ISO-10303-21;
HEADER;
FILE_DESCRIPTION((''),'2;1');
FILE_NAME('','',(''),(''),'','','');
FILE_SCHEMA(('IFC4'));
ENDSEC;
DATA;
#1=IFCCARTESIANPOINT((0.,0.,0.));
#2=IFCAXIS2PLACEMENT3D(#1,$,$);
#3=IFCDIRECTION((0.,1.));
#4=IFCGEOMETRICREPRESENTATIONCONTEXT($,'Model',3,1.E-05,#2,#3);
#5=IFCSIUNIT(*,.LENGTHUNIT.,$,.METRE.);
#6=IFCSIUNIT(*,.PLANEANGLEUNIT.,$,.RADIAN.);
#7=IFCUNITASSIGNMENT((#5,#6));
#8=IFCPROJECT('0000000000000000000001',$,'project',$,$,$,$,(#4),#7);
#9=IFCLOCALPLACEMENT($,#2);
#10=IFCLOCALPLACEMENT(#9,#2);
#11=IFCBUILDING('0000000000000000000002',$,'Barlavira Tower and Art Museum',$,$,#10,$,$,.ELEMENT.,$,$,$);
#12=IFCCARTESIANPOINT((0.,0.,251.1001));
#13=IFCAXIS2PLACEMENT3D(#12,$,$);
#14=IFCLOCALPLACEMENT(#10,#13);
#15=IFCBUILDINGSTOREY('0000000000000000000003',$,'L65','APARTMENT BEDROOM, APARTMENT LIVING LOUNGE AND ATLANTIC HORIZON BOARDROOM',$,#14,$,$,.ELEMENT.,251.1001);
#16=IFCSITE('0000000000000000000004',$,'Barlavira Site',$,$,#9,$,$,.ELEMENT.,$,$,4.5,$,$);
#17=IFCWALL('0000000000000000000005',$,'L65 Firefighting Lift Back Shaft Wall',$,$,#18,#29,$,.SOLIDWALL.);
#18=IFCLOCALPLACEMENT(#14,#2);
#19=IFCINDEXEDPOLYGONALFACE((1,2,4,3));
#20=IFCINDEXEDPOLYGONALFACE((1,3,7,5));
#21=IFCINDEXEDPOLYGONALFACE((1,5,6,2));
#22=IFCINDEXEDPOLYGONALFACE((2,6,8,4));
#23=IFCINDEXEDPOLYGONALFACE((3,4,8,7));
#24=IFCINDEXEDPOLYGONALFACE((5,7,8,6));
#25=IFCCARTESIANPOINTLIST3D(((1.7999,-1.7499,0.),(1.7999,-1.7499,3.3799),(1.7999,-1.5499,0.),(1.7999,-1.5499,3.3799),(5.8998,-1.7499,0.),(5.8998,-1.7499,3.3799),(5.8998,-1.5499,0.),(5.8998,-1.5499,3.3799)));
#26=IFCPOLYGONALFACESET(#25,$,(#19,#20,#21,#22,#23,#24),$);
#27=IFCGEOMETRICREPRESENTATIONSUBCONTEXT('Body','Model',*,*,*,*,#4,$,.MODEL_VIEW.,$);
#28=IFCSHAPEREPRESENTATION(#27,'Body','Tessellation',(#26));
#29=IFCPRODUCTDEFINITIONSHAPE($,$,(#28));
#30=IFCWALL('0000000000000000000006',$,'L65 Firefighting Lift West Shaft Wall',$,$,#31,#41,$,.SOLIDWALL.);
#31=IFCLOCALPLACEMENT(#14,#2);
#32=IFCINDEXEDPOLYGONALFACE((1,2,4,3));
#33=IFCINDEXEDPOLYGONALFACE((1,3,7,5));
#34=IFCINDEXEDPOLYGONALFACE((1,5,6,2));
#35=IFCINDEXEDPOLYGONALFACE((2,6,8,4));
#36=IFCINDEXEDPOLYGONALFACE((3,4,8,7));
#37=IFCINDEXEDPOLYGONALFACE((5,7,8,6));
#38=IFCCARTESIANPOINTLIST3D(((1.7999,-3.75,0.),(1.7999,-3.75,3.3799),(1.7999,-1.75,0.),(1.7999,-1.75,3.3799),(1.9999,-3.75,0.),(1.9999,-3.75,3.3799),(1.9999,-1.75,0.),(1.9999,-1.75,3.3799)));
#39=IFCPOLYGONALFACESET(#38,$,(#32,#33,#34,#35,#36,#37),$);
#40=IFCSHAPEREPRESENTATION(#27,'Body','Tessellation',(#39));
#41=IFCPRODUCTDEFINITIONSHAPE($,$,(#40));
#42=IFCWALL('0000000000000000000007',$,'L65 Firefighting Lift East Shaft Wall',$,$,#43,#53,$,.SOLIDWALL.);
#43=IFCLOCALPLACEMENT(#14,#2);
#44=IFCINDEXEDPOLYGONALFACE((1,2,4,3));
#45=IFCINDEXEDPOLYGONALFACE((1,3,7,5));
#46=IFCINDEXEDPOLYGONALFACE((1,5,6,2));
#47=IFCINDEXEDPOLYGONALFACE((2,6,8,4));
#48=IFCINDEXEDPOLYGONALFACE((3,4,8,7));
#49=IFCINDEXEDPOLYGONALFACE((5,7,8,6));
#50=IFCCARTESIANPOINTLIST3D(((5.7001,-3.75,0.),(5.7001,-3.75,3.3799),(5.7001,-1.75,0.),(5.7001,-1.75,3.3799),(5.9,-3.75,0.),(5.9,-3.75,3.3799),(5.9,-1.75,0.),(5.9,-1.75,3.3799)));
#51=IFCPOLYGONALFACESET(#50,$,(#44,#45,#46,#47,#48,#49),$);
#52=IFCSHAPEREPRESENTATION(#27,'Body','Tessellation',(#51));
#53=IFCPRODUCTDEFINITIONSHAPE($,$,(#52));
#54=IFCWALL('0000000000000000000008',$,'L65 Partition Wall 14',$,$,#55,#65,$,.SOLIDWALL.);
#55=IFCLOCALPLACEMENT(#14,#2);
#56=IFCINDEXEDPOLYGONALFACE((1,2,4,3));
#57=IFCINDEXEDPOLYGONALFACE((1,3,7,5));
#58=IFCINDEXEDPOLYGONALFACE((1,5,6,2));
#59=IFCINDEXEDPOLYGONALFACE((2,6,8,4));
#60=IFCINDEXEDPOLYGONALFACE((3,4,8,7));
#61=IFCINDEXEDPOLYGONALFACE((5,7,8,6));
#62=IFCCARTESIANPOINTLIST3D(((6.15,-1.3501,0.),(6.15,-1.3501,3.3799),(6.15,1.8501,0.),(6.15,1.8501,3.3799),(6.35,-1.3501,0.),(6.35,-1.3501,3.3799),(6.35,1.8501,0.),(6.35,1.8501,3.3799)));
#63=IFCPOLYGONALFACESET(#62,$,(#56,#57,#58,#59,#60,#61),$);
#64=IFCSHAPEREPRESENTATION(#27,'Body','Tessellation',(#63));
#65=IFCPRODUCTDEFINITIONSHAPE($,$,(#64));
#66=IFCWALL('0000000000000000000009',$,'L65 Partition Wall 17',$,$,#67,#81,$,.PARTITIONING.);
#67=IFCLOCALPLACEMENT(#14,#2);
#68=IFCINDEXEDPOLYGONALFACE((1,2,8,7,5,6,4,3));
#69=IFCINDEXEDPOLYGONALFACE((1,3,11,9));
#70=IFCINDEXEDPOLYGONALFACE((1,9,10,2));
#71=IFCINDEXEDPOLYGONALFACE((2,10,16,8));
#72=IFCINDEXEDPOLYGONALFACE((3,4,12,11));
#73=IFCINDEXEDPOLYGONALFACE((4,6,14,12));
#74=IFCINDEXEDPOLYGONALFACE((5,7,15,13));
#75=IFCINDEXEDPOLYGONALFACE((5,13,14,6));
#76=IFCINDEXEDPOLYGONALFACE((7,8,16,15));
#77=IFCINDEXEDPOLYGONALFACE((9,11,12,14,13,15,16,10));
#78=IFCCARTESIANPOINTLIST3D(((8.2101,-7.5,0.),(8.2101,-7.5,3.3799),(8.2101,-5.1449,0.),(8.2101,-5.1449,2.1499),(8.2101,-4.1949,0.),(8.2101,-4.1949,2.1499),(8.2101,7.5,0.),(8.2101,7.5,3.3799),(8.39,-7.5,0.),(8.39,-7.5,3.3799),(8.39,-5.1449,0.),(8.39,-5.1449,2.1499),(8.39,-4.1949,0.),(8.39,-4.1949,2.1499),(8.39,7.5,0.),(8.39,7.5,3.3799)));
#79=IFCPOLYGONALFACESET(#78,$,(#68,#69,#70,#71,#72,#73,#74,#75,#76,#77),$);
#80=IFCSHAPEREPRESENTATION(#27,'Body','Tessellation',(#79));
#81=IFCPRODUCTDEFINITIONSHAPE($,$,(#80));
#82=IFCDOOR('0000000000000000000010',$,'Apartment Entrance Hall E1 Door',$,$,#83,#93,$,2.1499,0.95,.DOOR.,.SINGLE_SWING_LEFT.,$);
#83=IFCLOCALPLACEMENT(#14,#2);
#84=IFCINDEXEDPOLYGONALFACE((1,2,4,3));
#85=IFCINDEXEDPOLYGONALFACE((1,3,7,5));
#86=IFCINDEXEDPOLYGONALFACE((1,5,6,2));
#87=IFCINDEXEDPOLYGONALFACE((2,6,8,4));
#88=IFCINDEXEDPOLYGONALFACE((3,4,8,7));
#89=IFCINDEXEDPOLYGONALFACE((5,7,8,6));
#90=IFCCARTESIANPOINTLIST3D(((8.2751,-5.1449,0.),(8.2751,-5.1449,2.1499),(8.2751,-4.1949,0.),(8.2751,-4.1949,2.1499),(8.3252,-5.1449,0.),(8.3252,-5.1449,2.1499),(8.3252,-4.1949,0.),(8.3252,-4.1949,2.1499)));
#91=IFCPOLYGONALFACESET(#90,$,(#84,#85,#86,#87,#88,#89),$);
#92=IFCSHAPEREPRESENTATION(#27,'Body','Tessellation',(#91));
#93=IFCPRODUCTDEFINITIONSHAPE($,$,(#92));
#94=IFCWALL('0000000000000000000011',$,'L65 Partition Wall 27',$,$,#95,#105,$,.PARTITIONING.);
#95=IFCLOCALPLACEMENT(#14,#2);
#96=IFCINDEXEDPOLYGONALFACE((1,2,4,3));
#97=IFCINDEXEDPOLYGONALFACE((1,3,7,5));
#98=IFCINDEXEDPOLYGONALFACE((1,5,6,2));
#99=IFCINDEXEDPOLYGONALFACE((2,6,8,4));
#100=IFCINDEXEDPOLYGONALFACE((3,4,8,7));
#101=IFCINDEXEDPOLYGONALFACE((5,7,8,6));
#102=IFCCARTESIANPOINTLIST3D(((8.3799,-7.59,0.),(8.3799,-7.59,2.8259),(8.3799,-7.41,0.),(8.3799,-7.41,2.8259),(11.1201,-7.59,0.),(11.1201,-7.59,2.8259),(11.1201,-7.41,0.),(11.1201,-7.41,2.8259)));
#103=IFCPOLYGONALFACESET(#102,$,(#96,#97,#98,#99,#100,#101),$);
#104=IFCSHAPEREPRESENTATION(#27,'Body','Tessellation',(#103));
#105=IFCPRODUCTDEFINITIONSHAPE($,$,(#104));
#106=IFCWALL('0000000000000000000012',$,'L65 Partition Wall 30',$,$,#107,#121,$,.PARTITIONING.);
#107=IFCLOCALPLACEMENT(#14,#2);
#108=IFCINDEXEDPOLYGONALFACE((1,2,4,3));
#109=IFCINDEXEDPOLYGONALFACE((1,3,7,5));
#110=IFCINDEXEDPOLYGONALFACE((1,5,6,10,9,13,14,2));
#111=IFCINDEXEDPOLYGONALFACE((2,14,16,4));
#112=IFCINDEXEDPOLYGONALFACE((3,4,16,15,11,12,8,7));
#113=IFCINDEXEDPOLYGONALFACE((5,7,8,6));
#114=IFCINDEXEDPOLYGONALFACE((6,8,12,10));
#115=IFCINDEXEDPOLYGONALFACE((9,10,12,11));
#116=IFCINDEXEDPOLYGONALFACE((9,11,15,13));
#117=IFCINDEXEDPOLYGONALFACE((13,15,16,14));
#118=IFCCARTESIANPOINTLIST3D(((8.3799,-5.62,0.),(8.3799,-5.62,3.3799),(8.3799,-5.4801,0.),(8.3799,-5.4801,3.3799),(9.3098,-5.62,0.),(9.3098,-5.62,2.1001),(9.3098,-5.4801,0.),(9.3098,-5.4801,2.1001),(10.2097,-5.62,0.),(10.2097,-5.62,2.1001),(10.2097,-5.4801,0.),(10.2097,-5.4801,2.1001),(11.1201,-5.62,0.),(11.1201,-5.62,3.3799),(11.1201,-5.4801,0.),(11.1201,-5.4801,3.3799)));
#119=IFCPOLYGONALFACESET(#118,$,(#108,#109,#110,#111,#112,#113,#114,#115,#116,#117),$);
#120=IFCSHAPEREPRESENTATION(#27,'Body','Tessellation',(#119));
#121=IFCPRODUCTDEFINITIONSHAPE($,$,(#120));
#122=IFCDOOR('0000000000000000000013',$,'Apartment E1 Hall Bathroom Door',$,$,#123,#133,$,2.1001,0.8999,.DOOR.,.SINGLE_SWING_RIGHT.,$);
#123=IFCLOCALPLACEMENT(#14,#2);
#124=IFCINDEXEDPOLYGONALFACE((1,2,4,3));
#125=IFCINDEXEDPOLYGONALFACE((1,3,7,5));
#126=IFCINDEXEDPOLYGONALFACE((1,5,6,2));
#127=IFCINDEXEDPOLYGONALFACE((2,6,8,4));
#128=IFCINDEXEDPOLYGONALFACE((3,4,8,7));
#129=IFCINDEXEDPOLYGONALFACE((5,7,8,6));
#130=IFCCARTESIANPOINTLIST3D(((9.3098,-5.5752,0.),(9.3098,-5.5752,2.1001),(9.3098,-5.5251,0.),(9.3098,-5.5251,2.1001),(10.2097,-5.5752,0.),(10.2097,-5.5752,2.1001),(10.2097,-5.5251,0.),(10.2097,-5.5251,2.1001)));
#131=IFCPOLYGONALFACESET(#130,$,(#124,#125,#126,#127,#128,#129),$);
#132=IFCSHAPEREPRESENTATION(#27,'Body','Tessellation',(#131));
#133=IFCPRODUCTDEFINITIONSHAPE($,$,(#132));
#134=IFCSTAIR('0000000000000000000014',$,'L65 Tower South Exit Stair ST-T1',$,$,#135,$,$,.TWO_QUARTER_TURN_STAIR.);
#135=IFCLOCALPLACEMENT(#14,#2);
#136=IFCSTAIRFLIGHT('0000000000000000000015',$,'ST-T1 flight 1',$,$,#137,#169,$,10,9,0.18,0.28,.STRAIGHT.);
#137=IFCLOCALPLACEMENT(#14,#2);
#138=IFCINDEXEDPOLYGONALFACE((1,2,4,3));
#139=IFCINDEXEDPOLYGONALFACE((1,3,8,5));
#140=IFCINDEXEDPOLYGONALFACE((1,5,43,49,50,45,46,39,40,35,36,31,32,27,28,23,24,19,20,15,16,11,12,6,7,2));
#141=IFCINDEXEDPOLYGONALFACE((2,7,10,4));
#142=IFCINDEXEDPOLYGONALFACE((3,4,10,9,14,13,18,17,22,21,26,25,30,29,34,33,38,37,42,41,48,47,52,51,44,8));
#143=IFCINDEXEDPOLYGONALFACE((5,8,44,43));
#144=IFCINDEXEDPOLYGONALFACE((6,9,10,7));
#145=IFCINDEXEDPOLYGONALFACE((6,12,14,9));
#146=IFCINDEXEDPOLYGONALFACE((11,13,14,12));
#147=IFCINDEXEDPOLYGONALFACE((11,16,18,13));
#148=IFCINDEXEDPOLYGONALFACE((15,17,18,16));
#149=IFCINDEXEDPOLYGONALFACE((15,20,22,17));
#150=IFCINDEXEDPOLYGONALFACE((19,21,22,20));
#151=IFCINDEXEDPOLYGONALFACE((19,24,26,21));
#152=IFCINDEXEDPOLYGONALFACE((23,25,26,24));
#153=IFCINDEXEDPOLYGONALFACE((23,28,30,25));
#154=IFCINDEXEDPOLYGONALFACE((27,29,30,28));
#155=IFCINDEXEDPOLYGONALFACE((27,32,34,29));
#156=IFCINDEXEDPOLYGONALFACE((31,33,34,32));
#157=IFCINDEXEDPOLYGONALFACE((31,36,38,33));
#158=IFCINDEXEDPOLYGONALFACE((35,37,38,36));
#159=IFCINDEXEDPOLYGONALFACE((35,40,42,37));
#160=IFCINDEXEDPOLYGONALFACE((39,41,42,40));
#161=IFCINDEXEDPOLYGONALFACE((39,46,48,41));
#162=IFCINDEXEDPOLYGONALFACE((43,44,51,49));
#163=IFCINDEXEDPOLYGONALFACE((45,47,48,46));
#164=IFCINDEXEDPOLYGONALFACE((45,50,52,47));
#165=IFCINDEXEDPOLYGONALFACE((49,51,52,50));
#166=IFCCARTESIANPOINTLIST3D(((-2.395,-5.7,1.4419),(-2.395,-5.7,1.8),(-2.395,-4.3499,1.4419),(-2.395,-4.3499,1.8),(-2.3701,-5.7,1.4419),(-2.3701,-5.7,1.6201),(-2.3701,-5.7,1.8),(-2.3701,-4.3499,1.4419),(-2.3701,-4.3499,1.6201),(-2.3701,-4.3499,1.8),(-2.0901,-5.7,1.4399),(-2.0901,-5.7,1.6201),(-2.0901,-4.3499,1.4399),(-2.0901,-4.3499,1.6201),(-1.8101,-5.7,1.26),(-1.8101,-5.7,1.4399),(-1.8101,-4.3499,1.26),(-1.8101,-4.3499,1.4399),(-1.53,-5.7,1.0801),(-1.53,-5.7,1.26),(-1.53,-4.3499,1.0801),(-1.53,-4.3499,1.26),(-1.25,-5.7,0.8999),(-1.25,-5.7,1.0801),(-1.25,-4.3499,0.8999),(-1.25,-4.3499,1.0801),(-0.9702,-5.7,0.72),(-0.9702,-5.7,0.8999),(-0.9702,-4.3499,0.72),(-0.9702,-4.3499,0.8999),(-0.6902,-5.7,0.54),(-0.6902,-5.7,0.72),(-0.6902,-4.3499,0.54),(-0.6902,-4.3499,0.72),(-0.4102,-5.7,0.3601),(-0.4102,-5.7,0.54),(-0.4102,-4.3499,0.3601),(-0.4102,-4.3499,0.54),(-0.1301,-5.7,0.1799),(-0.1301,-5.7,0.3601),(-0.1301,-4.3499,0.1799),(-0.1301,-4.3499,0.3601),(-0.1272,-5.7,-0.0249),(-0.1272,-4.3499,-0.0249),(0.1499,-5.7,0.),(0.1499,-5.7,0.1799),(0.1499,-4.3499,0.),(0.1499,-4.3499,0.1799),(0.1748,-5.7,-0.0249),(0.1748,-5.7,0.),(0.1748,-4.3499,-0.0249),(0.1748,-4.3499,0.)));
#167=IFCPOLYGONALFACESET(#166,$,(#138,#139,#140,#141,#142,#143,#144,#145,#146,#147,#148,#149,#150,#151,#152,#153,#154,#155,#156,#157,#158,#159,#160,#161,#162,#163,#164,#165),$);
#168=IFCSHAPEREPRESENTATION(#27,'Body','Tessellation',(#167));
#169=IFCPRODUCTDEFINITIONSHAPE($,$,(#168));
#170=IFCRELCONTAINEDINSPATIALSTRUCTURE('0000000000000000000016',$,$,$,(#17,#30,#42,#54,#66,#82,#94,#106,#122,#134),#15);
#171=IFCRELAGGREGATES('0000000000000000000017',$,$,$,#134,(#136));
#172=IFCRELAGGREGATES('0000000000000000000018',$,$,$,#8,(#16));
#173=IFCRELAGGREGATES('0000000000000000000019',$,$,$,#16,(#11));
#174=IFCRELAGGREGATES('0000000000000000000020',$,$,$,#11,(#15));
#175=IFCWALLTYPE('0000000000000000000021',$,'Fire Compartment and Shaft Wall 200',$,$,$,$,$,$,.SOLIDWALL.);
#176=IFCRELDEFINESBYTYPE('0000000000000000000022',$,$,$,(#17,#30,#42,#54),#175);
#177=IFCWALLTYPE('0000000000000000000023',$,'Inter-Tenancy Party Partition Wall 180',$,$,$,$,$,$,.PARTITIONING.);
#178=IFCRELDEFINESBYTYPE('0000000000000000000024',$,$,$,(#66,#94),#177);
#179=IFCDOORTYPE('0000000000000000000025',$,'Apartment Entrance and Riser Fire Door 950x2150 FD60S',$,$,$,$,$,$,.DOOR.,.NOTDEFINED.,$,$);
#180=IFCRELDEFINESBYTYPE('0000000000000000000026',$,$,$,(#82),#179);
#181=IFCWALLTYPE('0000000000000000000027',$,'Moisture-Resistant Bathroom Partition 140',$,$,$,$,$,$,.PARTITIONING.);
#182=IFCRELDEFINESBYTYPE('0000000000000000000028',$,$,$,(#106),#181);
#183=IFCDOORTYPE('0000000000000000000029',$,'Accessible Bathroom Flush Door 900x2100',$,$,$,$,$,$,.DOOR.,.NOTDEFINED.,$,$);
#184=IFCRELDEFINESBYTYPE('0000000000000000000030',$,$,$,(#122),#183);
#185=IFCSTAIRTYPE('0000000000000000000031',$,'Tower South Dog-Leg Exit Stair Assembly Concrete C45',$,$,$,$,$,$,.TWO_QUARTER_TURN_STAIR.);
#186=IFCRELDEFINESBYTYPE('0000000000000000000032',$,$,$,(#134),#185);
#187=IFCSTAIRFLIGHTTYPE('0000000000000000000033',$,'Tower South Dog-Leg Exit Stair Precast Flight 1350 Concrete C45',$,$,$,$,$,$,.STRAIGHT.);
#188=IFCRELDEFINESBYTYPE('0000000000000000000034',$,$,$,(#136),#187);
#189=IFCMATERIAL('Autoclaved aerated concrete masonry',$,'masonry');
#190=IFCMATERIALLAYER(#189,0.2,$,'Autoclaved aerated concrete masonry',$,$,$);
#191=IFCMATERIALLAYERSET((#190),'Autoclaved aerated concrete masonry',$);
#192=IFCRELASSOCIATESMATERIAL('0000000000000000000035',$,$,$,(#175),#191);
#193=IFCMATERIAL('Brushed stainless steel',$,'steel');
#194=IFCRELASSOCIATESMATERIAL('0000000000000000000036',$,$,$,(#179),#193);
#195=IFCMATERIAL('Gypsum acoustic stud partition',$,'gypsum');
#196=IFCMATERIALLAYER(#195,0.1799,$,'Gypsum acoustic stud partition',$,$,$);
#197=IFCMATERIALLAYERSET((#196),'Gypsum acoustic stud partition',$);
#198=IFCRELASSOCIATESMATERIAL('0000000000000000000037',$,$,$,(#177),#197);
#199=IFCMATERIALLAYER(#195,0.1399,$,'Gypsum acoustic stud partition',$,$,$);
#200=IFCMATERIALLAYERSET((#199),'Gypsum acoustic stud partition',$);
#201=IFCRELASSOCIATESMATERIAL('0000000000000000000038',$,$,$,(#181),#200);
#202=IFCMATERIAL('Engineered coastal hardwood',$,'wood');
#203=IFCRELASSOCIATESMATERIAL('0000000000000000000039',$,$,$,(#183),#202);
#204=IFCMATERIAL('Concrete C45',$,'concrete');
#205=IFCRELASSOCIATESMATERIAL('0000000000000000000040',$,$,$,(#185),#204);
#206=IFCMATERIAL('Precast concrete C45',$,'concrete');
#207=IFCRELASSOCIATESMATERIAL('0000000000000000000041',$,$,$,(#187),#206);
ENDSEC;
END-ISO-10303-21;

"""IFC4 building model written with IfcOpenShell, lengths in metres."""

from ifc_helpers import new_model, si_unit, direction, frame, frame_2d, origin, place, context, subcontext, project, spatial, polyline, rectangle, outline, extrude, material, layer, layer_set, type_object, element, fill, aggregate, save


model = new_model("IFC4")

# Units and contexts
model_context = context("Model", 3, precision=1e-05, world=origin(), true_north=direction((0.0, 1.0)))
body_context = subcontext(model_context, "Body", "Model", "MODEL_VIEW")
ifc_project = project(units=[si_unit("LENGTHUNIT", "METRE"), si_unit("PLANEANGLEUNIT", "RADIAN")], contexts=[model_context])

# Site, building, storey
site_placement = place(None, origin())
site = spatial("IfcSite", under=ifc_project, at=site_placement, Name="Barlavira Site", CompositionType="ELEMENT", RefElevation=4.5)
building_placement = place(site_placement, origin())
building = spatial("IfcBuilding", under=site, at=building_placement, Name="Barlavira Tower and Art Museum", CompositionType="ELEMENT")
storey_placement = place(building_placement, frame((0.0, 0.0, 251.1001)))
storey = spatial("IfcBuildingStorey", under=building, at=storey_placement, Name="L65", Description="APARTMENT BEDROOM, APARTMENT LIVING LOUNGE AND ATLANTIC HORIZON BOARDROOM", CompositionType="ELEMENT", Elevation=251.1001)

# Shared definitions
ifc_material_1 = material(Name="Gypsum acoustic stud partition", Category="gypsum")
ifc_material_2 = material(Name="Engineered coastal hardwood", Category="wood")
ifc_material_3 = material(Name="Brushed stainless steel", Category="steel")

# Shared definitions
ifc_material_4 = material(Name="Autoclaved aerated concrete masonry", Category="masonry")
ifc_layer_1 = layer(ifc_material_4, 0.2, Name="Autoclaved aerated concrete masonry")
ifc_layer_set_1 = layer_set([ifc_layer_1], Name="Autoclaved aerated concrete masonry")
wall_type_1 = type_object("IfcWallType", Name="Fire Compartment and Shaft Wall 200", PredefinedType="SOLIDWALL", material=ifc_layer_set_1)

# Walls
wall_1_placement = place(storey_placement, frame((1.8, -1.6499, 0.0), z_axis=(0.0, 0.0, 1.0), x_axis=(1.0, 0.0, 0.0)))
element("IfcWall", 1, at=wall_1_placement, inside=storey, type_object=wall_type_1, Name="L65 Firefighting Lift Back Shaft Wall", PredefinedType="SOLIDWALL", context=body_context, shape_type="SweptSolid", body=[
    extrude(rectangle(XDim=4.0999, YDim=0.2, at=frame_2d((2.0498, 0.0))), origin(), (0.0, 0.0, 1.0), 3.3799),
])
for number, where, z_axis, x_axis, name in (
    (2, (1.8999, -3.75, 0.0), (0.0, 0.0, 1.0), (0.0, 1.0, 0.0), "L65 Firefighting Lift West Shaft Wall"),
    (3, (5.8, -3.75, 0.0), (0.0, 0.0, 1.0), (0.0, 1.0, 0.0), "L65 Firefighting Lift East Shaft Wall"),
):
    element("IfcWall", number, at=place(storey_placement, frame(where, z_axis=z_axis, x_axis=x_axis)), inside=storey, type_object=wall_type_1, Name=name, PredefinedType="SOLIDWALL", context=body_context, shape_type="SweptSolid", body=[
        extrude(rectangle(XDim=2.0, YDim=0.2, at=frame_2d((1.0, 0.0))), origin(), (0.0, 0.0, 1.0), 3.3799),
    ])

# Shared definitions
door_type_1 = type_object("IfcDoorType", Name="Apartment Entrance and Riser Fire Door 950x2150 FD60S", OperationType="NOTDEFINED", PredefinedType="DOOR", material=ifc_material_3)

# Wall
wall_2_placement = place(storey_placement, frame((6.25, -1.3501, 0.0), z_axis=(0.0, 0.0, 1.0), x_axis=(0.0, 1.0, 0.0)))
element("IfcWall", 4, at=wall_2_placement, inside=storey, type_object=wall_type_1, Name="L65 Partition Wall 14", PredefinedType="SOLIDWALL", context=body_context, shape_type="SweptSolid", body=[
    extrude(rectangle(XDim=3.2002, YDim=0.2, at=frame_2d((1.6001, 0.0))), origin(), (0.0, 0.0, 1.0), 3.3799),
])

# Wall, opening, door
ifc_layer_2 = layer(ifc_material_1, 0.1799, Name="Gypsum acoustic stud partition")
ifc_layer_set_2 = layer_set([ifc_layer_2], Name="Gypsum acoustic stud partition")
wall_type_2 = type_object("IfcWallType", Name="Inter-Tenancy Party Partition Wall 180", PredefinedType="PARTITIONING", material=ifc_layer_set_2)
wall_3_placement = place(storey_placement, frame((8.3, -7.5, 0.0), z_axis=(0.0, 0.0, 1.0), x_axis=(0.0, 1.0, 0.0)))
wall_3 = element("IfcWall", 5, at=wall_3_placement, inside=storey, type_object=wall_type_2, Name="L65 Partition Wall 17", PredefinedType="PARTITIONING", context=body_context, shape_type="SweptSolid", body=[
    extrude(rectangle(XDim=15.0, YDim=0.1799, at=frame_2d((7.5, 0.0))), origin(), (0.0, 0.0, 1.0), 3.3799),
])
opening_1_placement = place(wall_3_placement, frame((2.355, 0.0, 0.0)))
opening_1 = element("IfcOpeningElement", 6, at=opening_1_placement, cuts=wall_3, PredefinedType="OPENING", context=body_context, shape_type="SweptSolid", body=[
    extrude(rectangle(XDim=0.95, YDim=2.1499, at=frame_2d((0.4751, 1.075))), frame((0.0, 0.1001, 0.0), z_axis=(0.0, -1.0, 0.0), x_axis=(1.0, 0.0, 0.0)), (0.0, 0.0, 1.0), 0.2),
])
door_1_placement = place(opening_1_placement, origin())
door_1 = element("IfcDoor", 7, at=door_1_placement, inside=storey, type_object=door_type_1, Name="Apartment Entrance Hall E1 Door", OperationType="SINGLE_SWING_LEFT", OverallHeight=2.1499, OverallWidth=0.95, PredefinedType="DOOR", context=body_context, shape_type="SweptSolid", body=[
    extrude(rectangle(XDim=0.95, YDim=2.1499, at=frame_2d((0.4751, 1.075))), frame((0.0, 0.0249, 0.0), z_axis=(0.0, -1.0, 0.0), x_axis=(1.0, 0.0, 0.0)), (0.0, 0.0, 1.0), 0.05),
])
fill(opening_1, door_1)

# Wall
wall_4_placement = place(storey_placement, frame((8.3799, -7.5, 0.0), z_axis=(0.0, 0.0, 1.0), x_axis=(1.0, 0.0, 0.0)))
element("IfcWall", 8, at=wall_4_placement, inside=storey, type_object=wall_type_2, Name="L65 Partition Wall 27", PredefinedType="PARTITIONING", context=body_context, shape_type="SweptSolid", body=[
    extrude(rectangle(XDim=2.7402, YDim=0.1799, at=frame_2d((1.3701, 0.0))), origin(), (0.0, 0.0, 1.0), 2.8259),
])

# Wall, opening, door
ifc_layer_3 = layer(ifc_material_1, 0.1399, Name="Gypsum acoustic stud partition")
ifc_layer_set_3 = layer_set([ifc_layer_3], Name="Gypsum acoustic stud partition")
wall_type_3 = type_object("IfcWallType", Name="Moisture-Resistant Bathroom Partition 140", PredefinedType="PARTITIONING", material=ifc_layer_set_3)
wall_5_placement = place(storey_placement, frame((8.3799, -5.55, 0.0), z_axis=(0.0, 0.0, 1.0), x_axis=(1.0, 0.0, 0.0)))
wall_5 = element("IfcWall", 9, at=wall_5_placement, inside=storey, type_object=wall_type_3, Name="L65 Partition Wall 30", PredefinedType="PARTITIONING", context=body_context, shape_type="SweptSolid", body=[
    extrude(rectangle(XDim=2.7402, YDim=0.1399, at=frame_2d((1.3701, 0.0))), origin(), (0.0, 0.0, 1.0), 3.3799),
])
opening_2_placement = place(wall_5_placement, frame((0.9299, 0.0, 0.0)))
opening_2 = element("IfcOpeningElement", 10, at=opening_2_placement, cuts=wall_5, PredefinedType="OPENING", context=body_context, shape_type="SweptSolid", body=[
    extrude(rectangle(XDim=0.8999, YDim=2.1001, at=frame_2d((0.45, 1.05))), frame((0.0, 0.0801, 0.0), z_axis=(0.0, -1.0, 0.0), x_axis=(1.0, 0.0, 0.0)), (0.0, 0.0, 1.0), 0.1599),
])
door_type_2 = type_object("IfcDoorType", Name="Accessible Bathroom Flush Door 900x2100", OperationType="NOTDEFINED", PredefinedType="DOOR", material=ifc_material_2)
door_2_placement = place(opening_2_placement, origin())
door_2 = element("IfcDoor", 11, at=door_2_placement, inside=storey, type_object=door_type_2, Name="Apartment E1 Hall Bathroom Door", OperationType="SINGLE_SWING_RIGHT", OverallHeight=2.1001, OverallWidth=0.8999, PredefinedType="DOOR", context=body_context, shape_type="SweptSolid", body=[
    extrude(rectangle(XDim=0.8999, YDim=2.1001, at=frame_2d((0.45, 1.05))), frame((0.0, 0.0249, 0.0), z_axis=(0.0, -1.0, 0.0), x_axis=(1.0, 0.0, 0.0)), (0.0, 0.0, 1.0), 0.05),
])
fill(opening_2, door_2)

# Stair, stair flight
ifc_material_5 = material(Name="Concrete C45", Category="concrete")
stair_type = type_object("IfcStairType", Name="Tower South Dog-Leg Exit Stair Assembly Concrete C45", PredefinedType="TWO_QUARTER_TURN_STAIR", material=ifc_material_5)
stair_placement = place(storey_placement, origin())
stair = element("IfcStair", 12, at=stair_placement, inside=storey, type_object=stair_type, Name="L65 Tower South Exit Stair ST-T1", PredefinedType="TWO_QUARTER_TURN_STAIR")
ifc_material_6 = material(Name="Precast concrete C45", Category="concrete")
stair_flight_type = type_object("IfcStairFlightType", Name="Tower South Dog-Leg Exit Stair Precast Flight 1350 Concrete C45", PredefinedType="STRAIGHT", material=ifc_material_6)
stair_flight_placement = place(storey_placement, frame((0.1499, -5.0249, 0.0), z_axis=(0.0, 0.0, 1.0), x_axis=(-1.0, 0.0, 0.0)))
stair_flight = element("IfcStairFlight", 13, at=stair_flight_placement, type_object=stair_flight_type, Name="ST-T1 flight 1", NumberOfRisers=10, NumberOfTreads=9, PredefinedType="STRAIGHT", RiserHeight=0.18, TreadLength=0.28, context=body_context, shape_type="SweptSolid", body=[
    extrude(outline(polyline([(-0.0249, 0.0), (0.0, 0.0), (0.0, 0.1799), (0.28, 0.1799), (0.28, 0.3601), (0.5601, 0.3601), (0.5601, 0.54), (0.8401, 0.54), (0.8401, 0.72), (1.1201, 0.72), (1.1201, 0.8999), (1.3999, 0.8999), (1.3999, 1.0801), (1.6799, 1.0801), (1.6799, 1.26), (1.96, 1.26), (1.96, 1.4399), (2.24, 1.4399), (2.24, 1.6201), (2.52, 1.6201), (2.52, 1.8), (2.5449, 1.8), (2.5449, 1.4419), (2.52, 1.4419), (0.2771, -0.0249), (-0.0249, -0.0249), (-0.0249, 0.0)])), frame((0.0, 0.675, 0.0), z_axis=(0.0, -1.0, 0.0), x_axis=(1.0, 0.0, 0.0)), (0.0, 0.0, 1.0), 1.3501),
])
aggregate(stair, [stair_flight])

save(model, "model.ifc")
